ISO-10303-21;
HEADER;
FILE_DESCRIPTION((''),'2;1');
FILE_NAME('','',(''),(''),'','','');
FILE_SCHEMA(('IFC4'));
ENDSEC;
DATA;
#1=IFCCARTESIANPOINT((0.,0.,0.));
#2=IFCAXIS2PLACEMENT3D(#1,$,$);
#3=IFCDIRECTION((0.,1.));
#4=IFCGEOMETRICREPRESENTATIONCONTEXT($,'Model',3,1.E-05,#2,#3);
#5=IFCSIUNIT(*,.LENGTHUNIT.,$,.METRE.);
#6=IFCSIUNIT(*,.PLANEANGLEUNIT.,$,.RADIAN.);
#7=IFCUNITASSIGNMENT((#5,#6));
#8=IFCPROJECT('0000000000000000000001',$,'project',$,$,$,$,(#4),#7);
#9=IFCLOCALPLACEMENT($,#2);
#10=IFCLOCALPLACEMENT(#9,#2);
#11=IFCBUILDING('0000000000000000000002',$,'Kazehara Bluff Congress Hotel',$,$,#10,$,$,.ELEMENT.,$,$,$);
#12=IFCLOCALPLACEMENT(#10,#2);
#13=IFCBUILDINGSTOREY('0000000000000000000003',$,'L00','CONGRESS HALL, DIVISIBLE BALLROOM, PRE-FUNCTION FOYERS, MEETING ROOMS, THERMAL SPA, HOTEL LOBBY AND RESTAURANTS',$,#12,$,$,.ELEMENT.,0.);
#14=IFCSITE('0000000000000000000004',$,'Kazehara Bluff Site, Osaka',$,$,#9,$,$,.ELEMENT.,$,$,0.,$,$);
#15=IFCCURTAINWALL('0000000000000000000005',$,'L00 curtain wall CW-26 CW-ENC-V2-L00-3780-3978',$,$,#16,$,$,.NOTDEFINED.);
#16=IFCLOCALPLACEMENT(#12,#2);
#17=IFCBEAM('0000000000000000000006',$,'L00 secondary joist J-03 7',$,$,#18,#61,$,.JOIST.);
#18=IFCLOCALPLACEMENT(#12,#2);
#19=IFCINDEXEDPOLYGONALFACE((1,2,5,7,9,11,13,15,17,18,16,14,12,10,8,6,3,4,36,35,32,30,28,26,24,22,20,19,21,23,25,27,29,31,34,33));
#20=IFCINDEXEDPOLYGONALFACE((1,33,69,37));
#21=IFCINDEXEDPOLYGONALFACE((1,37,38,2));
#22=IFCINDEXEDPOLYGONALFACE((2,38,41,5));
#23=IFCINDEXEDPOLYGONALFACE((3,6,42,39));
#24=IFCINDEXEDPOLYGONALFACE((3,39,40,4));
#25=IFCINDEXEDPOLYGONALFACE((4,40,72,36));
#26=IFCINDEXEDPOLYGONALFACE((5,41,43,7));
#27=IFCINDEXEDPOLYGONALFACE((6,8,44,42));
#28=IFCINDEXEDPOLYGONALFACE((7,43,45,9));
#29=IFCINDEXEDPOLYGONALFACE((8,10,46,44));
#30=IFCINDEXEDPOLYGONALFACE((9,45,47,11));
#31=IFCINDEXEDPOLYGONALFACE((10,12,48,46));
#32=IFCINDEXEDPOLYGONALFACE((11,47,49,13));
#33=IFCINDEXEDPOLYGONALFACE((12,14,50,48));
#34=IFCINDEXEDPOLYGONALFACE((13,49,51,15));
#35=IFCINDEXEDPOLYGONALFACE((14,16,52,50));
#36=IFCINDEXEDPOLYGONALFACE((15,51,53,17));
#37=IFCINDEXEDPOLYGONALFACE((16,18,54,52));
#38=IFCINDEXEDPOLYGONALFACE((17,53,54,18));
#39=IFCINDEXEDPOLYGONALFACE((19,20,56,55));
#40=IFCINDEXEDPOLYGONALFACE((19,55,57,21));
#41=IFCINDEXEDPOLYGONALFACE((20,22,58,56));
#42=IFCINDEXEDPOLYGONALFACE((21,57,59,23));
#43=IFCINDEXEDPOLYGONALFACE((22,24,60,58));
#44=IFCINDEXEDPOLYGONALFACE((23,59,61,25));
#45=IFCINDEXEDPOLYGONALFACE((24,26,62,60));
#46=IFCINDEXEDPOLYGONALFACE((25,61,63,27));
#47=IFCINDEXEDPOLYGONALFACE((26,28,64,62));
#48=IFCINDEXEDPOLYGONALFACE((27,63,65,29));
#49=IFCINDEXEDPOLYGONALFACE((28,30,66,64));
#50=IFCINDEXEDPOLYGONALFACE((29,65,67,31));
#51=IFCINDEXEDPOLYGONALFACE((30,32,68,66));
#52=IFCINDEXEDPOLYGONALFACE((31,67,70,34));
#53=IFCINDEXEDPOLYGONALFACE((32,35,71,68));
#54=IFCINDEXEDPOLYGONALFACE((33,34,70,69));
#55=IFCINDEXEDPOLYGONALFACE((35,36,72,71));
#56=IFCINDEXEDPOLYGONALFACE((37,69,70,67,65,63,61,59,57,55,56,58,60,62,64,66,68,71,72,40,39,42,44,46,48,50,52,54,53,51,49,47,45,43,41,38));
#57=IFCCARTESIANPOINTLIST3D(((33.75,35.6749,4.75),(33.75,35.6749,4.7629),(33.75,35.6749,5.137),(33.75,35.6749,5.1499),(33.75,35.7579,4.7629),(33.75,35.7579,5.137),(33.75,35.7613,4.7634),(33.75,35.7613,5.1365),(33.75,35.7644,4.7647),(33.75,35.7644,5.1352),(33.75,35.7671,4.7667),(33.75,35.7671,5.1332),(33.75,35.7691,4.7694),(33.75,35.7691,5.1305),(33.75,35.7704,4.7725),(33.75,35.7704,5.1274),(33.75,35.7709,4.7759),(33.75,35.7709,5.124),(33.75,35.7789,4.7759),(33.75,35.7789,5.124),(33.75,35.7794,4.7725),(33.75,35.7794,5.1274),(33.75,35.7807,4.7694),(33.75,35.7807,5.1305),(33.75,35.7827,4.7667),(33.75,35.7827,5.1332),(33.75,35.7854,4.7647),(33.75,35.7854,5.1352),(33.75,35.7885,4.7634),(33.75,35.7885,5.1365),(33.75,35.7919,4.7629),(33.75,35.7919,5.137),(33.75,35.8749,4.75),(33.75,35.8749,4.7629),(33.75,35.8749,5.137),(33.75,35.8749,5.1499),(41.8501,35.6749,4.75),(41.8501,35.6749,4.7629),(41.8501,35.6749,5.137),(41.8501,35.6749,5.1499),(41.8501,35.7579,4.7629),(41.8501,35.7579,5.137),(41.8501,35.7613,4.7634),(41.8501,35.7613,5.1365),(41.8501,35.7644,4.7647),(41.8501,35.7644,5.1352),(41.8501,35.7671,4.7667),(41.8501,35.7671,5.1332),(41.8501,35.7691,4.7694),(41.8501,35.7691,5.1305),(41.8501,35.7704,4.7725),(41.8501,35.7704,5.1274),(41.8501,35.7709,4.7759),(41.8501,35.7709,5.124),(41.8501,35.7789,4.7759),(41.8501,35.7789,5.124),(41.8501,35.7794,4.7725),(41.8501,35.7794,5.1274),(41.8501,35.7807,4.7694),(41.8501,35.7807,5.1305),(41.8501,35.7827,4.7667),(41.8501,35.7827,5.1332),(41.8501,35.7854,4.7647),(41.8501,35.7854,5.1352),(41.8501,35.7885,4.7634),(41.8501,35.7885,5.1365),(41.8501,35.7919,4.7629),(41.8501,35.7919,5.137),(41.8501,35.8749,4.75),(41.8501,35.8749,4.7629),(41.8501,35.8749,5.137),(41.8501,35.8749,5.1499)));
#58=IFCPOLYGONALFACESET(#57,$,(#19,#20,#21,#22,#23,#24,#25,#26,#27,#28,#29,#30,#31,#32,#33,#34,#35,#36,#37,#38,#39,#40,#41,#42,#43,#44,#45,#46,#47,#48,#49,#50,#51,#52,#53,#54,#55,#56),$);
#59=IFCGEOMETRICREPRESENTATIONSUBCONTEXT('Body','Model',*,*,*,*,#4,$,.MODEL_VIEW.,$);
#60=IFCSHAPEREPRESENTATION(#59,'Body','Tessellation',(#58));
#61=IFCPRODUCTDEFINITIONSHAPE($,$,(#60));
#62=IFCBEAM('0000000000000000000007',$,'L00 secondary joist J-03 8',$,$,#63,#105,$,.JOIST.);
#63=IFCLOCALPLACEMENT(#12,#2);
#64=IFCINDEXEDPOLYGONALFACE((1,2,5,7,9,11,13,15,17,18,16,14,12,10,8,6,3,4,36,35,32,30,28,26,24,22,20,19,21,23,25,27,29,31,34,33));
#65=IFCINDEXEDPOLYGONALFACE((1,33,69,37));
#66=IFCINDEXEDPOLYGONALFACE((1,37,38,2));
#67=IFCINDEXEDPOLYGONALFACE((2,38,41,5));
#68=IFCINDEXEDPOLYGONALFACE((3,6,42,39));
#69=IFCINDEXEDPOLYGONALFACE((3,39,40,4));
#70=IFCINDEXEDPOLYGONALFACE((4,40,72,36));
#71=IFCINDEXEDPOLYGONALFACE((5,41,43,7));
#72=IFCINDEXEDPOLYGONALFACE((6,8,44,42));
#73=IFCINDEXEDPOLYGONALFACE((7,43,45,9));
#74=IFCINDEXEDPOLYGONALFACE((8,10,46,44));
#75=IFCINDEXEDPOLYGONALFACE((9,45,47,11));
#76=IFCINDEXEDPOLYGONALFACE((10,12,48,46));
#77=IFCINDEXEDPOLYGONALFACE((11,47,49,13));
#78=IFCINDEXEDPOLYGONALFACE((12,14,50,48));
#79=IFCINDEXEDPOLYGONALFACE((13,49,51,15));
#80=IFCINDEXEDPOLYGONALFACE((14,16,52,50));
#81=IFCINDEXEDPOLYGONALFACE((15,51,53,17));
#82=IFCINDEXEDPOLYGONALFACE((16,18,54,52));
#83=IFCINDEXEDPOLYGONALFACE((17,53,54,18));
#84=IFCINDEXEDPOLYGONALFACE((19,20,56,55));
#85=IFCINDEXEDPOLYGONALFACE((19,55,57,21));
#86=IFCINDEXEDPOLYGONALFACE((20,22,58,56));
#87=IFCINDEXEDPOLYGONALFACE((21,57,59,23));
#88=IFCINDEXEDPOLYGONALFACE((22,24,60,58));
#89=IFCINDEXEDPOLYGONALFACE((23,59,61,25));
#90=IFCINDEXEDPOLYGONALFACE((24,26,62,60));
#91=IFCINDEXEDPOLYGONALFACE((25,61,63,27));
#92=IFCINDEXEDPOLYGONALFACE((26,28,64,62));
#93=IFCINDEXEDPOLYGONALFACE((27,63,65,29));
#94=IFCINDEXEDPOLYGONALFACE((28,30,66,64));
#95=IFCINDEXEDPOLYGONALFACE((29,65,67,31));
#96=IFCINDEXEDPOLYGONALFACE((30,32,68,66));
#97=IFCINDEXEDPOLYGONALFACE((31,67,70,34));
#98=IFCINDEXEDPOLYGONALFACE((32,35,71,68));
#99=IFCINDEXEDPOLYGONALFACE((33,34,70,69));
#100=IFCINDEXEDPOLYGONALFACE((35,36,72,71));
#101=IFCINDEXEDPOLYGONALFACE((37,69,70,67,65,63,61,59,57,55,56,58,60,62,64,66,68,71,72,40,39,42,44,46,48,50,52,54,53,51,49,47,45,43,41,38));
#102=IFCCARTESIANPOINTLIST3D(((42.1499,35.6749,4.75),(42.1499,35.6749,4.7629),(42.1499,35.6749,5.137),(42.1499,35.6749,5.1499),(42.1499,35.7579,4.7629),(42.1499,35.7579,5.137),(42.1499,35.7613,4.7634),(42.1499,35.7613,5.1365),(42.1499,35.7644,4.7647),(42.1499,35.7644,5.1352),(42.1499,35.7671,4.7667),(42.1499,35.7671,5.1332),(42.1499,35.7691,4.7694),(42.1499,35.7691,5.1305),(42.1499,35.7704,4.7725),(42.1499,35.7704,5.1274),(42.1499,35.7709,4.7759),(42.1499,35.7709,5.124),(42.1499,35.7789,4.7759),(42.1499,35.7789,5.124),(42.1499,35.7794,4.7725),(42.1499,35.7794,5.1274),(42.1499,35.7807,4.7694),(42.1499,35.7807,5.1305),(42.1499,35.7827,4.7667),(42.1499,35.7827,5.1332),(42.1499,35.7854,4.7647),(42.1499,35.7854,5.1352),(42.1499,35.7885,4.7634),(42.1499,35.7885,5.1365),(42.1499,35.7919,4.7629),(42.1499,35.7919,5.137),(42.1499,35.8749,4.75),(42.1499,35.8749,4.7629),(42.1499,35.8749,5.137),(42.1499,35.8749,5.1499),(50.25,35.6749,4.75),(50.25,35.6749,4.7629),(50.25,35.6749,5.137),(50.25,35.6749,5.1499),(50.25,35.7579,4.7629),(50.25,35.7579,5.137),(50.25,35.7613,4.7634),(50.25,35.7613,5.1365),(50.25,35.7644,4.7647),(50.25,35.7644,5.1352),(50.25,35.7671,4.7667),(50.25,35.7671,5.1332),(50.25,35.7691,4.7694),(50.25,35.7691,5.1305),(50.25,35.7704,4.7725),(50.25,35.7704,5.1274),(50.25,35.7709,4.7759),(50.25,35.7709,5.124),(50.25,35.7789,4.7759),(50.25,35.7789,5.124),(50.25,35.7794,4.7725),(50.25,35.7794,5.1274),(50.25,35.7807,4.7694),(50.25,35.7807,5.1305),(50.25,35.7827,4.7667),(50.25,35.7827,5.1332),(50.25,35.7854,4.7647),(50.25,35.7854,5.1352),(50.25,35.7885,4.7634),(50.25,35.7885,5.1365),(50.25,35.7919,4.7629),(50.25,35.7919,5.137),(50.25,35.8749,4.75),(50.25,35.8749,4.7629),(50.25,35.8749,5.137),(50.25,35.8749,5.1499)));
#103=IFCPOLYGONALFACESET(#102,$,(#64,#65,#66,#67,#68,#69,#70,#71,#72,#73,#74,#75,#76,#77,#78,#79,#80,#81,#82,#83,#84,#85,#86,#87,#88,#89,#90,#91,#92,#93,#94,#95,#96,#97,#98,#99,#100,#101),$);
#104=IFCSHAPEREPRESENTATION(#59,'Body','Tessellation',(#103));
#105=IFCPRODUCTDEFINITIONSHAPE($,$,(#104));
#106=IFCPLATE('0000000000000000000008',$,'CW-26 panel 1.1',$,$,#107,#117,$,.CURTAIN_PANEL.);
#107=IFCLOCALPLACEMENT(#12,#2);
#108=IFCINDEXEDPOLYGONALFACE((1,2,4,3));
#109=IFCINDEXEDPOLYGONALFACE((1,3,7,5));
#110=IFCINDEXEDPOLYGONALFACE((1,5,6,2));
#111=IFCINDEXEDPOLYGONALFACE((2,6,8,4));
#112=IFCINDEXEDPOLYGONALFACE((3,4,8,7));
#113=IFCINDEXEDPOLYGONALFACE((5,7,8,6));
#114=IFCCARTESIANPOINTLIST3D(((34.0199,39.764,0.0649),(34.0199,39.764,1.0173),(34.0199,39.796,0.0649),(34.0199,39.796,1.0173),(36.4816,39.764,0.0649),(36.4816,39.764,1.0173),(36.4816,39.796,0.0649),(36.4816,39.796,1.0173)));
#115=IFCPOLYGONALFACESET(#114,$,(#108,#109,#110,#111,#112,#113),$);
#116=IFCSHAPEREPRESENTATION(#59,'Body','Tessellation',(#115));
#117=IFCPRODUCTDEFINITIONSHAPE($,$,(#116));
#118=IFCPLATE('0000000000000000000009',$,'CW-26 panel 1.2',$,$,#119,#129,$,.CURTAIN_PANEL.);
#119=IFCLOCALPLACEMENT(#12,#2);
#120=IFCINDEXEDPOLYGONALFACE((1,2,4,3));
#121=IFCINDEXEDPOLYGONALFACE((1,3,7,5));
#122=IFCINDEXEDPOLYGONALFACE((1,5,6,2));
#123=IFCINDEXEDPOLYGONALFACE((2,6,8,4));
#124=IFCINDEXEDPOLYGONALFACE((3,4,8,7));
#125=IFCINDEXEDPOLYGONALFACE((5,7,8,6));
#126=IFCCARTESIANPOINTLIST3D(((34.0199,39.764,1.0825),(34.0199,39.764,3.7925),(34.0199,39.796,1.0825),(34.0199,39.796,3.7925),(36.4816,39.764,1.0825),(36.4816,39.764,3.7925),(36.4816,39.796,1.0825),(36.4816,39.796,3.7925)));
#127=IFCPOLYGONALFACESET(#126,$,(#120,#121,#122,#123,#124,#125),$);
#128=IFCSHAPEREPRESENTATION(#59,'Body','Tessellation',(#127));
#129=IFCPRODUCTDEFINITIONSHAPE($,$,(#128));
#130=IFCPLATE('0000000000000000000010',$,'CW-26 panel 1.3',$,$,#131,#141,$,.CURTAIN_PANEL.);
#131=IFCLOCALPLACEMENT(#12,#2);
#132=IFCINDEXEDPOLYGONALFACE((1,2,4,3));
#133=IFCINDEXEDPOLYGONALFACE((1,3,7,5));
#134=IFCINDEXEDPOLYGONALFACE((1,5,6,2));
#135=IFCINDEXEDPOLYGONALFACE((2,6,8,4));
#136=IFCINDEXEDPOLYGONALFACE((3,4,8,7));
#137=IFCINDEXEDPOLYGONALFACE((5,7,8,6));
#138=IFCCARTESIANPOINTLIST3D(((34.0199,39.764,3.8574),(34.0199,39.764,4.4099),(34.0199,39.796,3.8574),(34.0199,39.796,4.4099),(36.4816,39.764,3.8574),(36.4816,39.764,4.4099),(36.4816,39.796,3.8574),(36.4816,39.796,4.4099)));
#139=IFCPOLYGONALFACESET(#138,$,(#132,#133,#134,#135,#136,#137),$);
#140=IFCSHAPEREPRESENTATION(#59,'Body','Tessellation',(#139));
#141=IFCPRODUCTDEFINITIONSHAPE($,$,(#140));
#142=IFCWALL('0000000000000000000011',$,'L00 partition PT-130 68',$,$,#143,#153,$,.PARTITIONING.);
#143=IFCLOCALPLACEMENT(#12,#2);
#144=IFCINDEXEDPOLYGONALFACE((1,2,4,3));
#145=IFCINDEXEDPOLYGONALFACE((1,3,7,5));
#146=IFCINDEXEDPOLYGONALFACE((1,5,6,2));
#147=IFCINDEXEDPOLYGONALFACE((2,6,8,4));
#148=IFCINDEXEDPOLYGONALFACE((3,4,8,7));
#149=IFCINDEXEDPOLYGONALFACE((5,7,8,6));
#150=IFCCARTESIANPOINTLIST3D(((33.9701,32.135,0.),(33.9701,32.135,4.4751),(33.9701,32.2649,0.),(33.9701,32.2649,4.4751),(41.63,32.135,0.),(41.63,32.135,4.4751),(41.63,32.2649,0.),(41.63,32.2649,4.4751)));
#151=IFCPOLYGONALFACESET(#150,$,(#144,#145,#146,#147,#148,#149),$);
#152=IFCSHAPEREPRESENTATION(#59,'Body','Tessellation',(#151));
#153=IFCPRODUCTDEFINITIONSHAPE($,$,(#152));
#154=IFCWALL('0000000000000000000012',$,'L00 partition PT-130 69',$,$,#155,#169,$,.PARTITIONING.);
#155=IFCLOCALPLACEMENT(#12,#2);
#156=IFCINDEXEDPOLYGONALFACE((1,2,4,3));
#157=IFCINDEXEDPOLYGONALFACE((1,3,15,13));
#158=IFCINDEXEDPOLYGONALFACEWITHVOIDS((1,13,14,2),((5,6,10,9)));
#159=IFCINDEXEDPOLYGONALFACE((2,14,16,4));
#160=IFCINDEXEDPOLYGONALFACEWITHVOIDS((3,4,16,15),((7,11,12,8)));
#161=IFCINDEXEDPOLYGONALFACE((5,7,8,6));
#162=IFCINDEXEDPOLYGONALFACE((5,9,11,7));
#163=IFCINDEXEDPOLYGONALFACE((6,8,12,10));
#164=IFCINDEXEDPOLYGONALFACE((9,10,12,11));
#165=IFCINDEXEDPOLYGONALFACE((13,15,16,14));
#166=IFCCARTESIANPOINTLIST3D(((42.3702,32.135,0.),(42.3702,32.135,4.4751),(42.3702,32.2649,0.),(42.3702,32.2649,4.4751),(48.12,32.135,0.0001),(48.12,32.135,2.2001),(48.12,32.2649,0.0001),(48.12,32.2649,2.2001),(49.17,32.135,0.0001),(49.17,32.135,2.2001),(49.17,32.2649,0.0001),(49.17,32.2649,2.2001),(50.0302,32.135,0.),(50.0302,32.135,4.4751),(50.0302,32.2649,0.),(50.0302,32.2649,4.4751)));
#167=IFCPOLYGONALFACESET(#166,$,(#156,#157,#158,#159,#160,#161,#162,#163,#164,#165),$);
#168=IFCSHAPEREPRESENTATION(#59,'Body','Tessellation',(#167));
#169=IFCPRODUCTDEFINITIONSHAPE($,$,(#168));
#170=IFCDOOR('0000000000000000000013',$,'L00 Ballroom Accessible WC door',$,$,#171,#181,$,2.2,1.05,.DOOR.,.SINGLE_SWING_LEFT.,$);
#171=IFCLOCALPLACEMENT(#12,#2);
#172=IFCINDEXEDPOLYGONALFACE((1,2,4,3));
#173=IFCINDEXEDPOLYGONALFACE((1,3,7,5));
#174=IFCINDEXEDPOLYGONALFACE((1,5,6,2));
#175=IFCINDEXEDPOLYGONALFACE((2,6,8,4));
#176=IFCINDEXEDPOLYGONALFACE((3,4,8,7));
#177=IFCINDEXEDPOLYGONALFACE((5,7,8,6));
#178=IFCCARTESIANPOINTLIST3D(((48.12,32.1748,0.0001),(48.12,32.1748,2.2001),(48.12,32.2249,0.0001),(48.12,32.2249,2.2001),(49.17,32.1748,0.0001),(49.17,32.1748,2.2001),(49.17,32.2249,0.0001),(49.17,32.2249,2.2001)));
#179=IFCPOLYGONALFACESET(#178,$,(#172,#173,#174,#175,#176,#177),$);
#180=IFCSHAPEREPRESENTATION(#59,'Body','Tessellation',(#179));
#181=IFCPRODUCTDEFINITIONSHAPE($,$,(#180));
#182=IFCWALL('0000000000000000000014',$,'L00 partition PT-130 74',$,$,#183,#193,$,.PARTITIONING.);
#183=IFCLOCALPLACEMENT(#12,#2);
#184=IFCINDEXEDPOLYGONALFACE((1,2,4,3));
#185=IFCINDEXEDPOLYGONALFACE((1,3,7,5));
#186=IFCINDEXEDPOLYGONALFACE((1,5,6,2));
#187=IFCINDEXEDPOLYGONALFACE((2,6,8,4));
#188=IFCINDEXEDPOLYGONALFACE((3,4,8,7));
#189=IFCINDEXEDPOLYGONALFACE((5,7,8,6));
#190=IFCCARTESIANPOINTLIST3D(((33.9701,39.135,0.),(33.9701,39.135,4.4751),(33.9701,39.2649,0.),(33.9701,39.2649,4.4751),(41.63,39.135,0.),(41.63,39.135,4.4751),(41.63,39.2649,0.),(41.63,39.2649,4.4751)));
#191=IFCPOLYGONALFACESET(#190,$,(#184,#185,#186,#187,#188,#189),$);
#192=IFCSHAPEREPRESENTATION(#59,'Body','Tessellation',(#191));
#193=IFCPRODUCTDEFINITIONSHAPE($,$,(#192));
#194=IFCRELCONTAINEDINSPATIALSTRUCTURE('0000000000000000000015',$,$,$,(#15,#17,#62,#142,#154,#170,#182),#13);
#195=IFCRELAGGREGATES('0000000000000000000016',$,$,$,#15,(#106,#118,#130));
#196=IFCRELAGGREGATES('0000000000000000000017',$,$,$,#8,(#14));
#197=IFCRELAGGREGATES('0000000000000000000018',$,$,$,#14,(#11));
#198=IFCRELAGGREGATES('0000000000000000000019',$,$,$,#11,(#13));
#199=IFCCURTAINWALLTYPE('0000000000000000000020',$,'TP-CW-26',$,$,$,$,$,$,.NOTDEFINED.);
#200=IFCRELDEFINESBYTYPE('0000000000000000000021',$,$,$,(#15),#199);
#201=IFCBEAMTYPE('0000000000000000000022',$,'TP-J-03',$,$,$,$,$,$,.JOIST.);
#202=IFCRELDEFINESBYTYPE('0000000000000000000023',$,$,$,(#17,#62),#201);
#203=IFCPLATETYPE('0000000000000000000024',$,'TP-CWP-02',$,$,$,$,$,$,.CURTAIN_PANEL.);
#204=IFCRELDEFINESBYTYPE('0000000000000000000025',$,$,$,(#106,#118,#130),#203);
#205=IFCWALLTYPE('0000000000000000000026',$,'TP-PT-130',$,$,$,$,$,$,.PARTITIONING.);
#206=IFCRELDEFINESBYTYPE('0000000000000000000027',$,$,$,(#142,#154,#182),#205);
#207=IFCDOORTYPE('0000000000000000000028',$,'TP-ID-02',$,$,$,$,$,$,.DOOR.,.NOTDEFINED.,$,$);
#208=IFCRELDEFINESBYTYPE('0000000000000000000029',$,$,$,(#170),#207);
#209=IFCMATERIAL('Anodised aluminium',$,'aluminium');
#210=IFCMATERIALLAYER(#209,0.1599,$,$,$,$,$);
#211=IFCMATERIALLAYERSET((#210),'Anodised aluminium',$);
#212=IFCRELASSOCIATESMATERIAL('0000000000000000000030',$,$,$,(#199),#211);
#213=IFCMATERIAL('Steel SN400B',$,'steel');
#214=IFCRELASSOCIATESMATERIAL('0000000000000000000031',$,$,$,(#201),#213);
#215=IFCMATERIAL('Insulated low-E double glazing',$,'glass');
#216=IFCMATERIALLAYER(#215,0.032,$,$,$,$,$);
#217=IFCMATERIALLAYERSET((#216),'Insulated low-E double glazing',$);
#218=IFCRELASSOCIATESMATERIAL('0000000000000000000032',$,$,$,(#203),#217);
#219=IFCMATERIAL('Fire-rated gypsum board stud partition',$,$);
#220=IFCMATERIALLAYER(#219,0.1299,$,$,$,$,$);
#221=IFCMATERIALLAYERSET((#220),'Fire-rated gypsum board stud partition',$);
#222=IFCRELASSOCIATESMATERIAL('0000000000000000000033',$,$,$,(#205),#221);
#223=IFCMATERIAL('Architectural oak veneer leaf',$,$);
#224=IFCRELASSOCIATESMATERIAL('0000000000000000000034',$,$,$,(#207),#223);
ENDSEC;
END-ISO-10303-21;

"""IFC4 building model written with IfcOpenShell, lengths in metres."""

from ifc_helpers import new_model, si_unit, direction, frame, frame_2d, origin, origin_2d, place, context, subcontext, project, spatial, rectangle, i_section, extrude, material, layer, layer_set, material_profile, profile_set, type_object, element, fill, aggregate, save


model = new_model("IFC4")

# Units and contexts
model_context = context("Model", 3, precision=1e-05, world=origin(), true_north=direction((0.0, 1.0)))
body_context = subcontext(model_context, "Body", "Model", "MODEL_VIEW")
ifc_project = project(units=[si_unit("LENGTHUNIT", "METRE"), si_unit("PLANEANGLEUNIT", "RADIAN")], contexts=[model_context])

# Site, building, storey
site_placement = place(None, origin())
site = spatial("IfcSite", under=ifc_project, at=site_placement, Name="Kazehara Bluff Site, Osaka", CompositionType="ELEMENT", RefElevation=0.0)
building_placement = place(site_placement, origin())
building = spatial("IfcBuilding", under=site, at=building_placement, Name="Kazehara Bluff Congress Hotel", CompositionType="ELEMENT")
storey_placement = place(building_placement, origin())
storey = spatial("IfcBuildingStorey", under=building, at=storey_placement, Name="L00", Description="CONGRESS HALL, DIVISIBLE BALLROOM, PRE-FUNCTION FOYERS, MEETING ROOMS, THERMAL SPA, HOTEL LOBBY AND RESTAURANTS", CompositionType="ELEMENT", Elevation=0.0)

# Shared definitions
ifc_material_1 = material(Name="Anodised aluminium", Category="aluminium")
ifc_layer_1 = layer(ifc_material_1, 0.1599)
ifc_layer_set_1 = layer_set([ifc_layer_1], Name="Anodised aluminium")
curtain_wall_type = type_object("IfcCurtainWallType", Name="TP-CW-26", PredefinedType="NOTDEFINED", material=ifc_layer_set_1)

# Curtain wall
curtain_wall_1_placement = place(storey_placement, origin())
curtain_wall_1 = element("IfcCurtainWall", 1, at=curtain_wall_1_placement, inside=storey, type_object=curtain_wall_type, Name="L00 curtain wall CW-26 CW-ENC-V2-L00-3780-3978", PredefinedType="NOTDEFINED")

# Beams
ifc_material_2 = material(Name="Steel SN400B", Category="steel")
ifc_material_profile_1 = material_profile(ifc_material_2, i_section(OverallWidth=0.2, OverallDepth=0.3999, WebThickness=0.0081, FlangeThickness=0.0129, FilletRadius=0.0129, at=origin_2d()))
ifc_profile_set_1 = profile_set([ifc_material_profile_1], Name="Steel SN400B")
beam_type_1 = type_object("IfcBeamType", Name="TP-J-03", PredefinedType="JOIST", material=ifc_profile_set_1)
for number, where, z_axis, x_axis, name in (
    (2, (33.75, 35.7749, 4.95), (1.0, 0.0, 0.0), (0.0, 1.0, 0.0), "L00 secondary joist J-03 7"),
    (3, (42.1499, 35.7749, 4.95), (1.0, 0.0, 0.0), (0.0, 1.0, 0.0), "L00 secondary joist J-03 8"),
):
    element("IfcBeam", number, at=place(storey_placement, frame(where, z_axis=z_axis, x_axis=x_axis)), inside=storey, type_object=beam_type_1, Name=name, PredefinedType="JOIST", context=body_context, shape_type="SweptSolid", body=[
        extrude(i_section(OverallWidth=0.2, OverallDepth=0.3999, WebThickness=0.0081, FlangeThickness=0.0129, FilletRadius=0.0129, at=origin_2d()), origin(), (0.0, 0.0, 1.0), 8.1001),
    ])

# Plates
ifc_material_3 = material(Name="Insulated low-E double glazing", Category="glass")
ifc_layer_2 = layer(ifc_material_3, 0.032)
ifc_layer_set_2 = layer_set([ifc_layer_2], Name="Insulated low-E double glazing")
plate_type = type_object("IfcPlateType", Name="TP-CWP-02", PredefinedType="CURTAIN_PANEL", material=ifc_layer_set_2)
plate_1_placement = place(storey_placement, frame((35.2507, 39.78, 0.0649), z_axis=(0.0, 0.0, 1.0), x_axis=(1.0, 0.0, 0.0)))
plate_1 = element("IfcPlate", 4, at=plate_1_placement, type_object=plate_type, Name="CW-26 panel 1.1", PredefinedType="CURTAIN_PANEL", context=body_context, shape_type="SweptSolid", body=[
    extrude(rectangle(XDim=2.4617, YDim=0.032, at=origin_2d()), origin(), (0.0, 0.0, 1.0), 0.9524),
])
plate_2_placement = place(storey_placement, frame((35.2507, 39.78, 1.0825), z_axis=(0.0, 0.0, 1.0), x_axis=(1.0, 0.0, 0.0)))
plate_2 = element("IfcPlate", 5, at=plate_2_placement, type_object=plate_type, Name="CW-26 panel 1.2", PredefinedType="CURTAIN_PANEL", context=body_context, shape_type="SweptSolid", body=[
    extrude(rectangle(XDim=2.4617, YDim=0.032, at=origin_2d()), origin(), (0.0, 0.0, 1.0), 2.71),
])
plate_3_placement = place(storey_placement, frame((35.2507, 39.78, 3.8574), z_axis=(0.0, 0.0, 1.0), x_axis=(1.0, 0.0, 0.0)))
plate_3 = element("IfcPlate", 6, at=plate_3_placement, type_object=plate_type, Name="CW-26 panel 1.3", PredefinedType="CURTAIN_PANEL", context=body_context, shape_type="SweptSolid", body=[
    extrude(rectangle(XDim=2.4617, YDim=0.032, at=origin_2d()), origin(), (0.0, 0.0, 1.0), 0.5525),
])
aggregate(curtain_wall_1, [plate_1, plate_2, plate_3])

# Wall
ifc_material_4 = material(Name="Fire-rated gypsum board stud partition")
ifc_layer_3 = layer(ifc_material_4, 0.1299)
ifc_layer_set_3 = layer_set([ifc_layer_3], Name="Fire-rated gypsum board stud partition")
wall_type = type_object("IfcWallType", Name="TP-PT-130", PredefinedType="PARTITIONING", material=ifc_layer_set_3)
wall_1_placement = place(storey_placement, frame((33.97, 32.2, 0.0), z_axis=(0.0, 0.0, 1.0), x_axis=(1.0, 0.0, 0.0)))
element("IfcWall", 7, at=wall_1_placement, inside=storey, type_object=wall_type, Name="L00 partition PT-130 68", PredefinedType="PARTITIONING", context=body_context, shape_type="SweptSolid", body=[
    extrude(rectangle(XDim=7.6599, YDim=0.1299, at=frame_2d((3.8301, 0.0))), origin(), (0.0, 0.0, 1.0), 4.4751),
])

# Wall, opening, door
wall_2_placement = place(storey_placement, frame((42.3701, 32.2, 0.0), z_axis=(0.0, 0.0, 1.0), x_axis=(1.0, 0.0, 0.0)))
wall_2 = element("IfcWall", 8, at=wall_2_placement, inside=storey, type_object=wall_type, Name="L00 partition PT-130 69", PredefinedType="PARTITIONING", context=body_context, shape_type="SweptSolid", body=[
    extrude(rectangle(XDim=7.6599, YDim=0.1299, at=frame_2d((3.8301, 0.0))), origin(), (0.0, 0.0, 1.0), 4.4751),
])
opening_placement = place(wall_2_placement, frame((5.75, 0.0, 0.0)))
opening = element("IfcOpeningElement", 9, at=opening_placement, cuts=wall_2, PredefinedType="OPENING", context=body_context, shape_type="SweptSolid", body=[
    extrude(rectangle(XDim=1.05, YDim=2.2, at=frame_2d((0.5249, 1.1001))), frame((0.0, 0.075, 0.0), z_axis=(0.0, -1.0, 0.0), x_axis=(1.0, 0.0, 0.0)), (0.0, 0.0, 1.0), 0.1499),
])
ifc_material_5 = material(Name="Architectural oak veneer leaf")
door_type = type_object("IfcDoorType", Name="TP-ID-02", OperationType="NOTDEFINED", PredefinedType="DOOR", material=ifc_material_5)
door_placement = place(opening_placement, origin())
door = element("IfcDoor", 10, at=door_placement, inside=storey, type_object=door_type, Name="L00 Ballroom Accessible WC door", OperationType="SINGLE_SWING_LEFT", OverallHeight=2.2, OverallWidth=1.05, PredefinedType="DOOR", context=body_context, shape_type="SweptSolid", body=[
    extrude(rectangle(XDim=1.05, YDim=2.2, at=frame_2d((0.5249, 1.1001))), frame((0.0, 0.0249, 0.0), z_axis=(0.0, -1.0, 0.0), x_axis=(1.0, 0.0, 0.0)), (0.0, 0.0, 1.0), 0.05),
])
fill(opening, door)

# Wall
for number, where, z_axis, x_axis, name in (
    (11, (33.97, 39.2, 0.0), (0.0, 0.0, 1.0), (1.0, 0.0, 0.0), "L00 partition PT-130 74"),
):
    element("IfcWall", number, at=place(storey_placement, frame(where, z_axis=z_axis, x_axis=x_axis)), inside=storey, type_object=wall_type, Name=name, PredefinedType="PARTITIONING", context=body_context, shape_type="SweptSolid", body=[
        extrude(rectangle(XDim=7.6599, YDim=0.1299, at=frame_2d((3.8301, 0.0))), origin(), (0.0, 0.0, 1.0), 4.4751),
    ])

save(model, "model.ifc")
